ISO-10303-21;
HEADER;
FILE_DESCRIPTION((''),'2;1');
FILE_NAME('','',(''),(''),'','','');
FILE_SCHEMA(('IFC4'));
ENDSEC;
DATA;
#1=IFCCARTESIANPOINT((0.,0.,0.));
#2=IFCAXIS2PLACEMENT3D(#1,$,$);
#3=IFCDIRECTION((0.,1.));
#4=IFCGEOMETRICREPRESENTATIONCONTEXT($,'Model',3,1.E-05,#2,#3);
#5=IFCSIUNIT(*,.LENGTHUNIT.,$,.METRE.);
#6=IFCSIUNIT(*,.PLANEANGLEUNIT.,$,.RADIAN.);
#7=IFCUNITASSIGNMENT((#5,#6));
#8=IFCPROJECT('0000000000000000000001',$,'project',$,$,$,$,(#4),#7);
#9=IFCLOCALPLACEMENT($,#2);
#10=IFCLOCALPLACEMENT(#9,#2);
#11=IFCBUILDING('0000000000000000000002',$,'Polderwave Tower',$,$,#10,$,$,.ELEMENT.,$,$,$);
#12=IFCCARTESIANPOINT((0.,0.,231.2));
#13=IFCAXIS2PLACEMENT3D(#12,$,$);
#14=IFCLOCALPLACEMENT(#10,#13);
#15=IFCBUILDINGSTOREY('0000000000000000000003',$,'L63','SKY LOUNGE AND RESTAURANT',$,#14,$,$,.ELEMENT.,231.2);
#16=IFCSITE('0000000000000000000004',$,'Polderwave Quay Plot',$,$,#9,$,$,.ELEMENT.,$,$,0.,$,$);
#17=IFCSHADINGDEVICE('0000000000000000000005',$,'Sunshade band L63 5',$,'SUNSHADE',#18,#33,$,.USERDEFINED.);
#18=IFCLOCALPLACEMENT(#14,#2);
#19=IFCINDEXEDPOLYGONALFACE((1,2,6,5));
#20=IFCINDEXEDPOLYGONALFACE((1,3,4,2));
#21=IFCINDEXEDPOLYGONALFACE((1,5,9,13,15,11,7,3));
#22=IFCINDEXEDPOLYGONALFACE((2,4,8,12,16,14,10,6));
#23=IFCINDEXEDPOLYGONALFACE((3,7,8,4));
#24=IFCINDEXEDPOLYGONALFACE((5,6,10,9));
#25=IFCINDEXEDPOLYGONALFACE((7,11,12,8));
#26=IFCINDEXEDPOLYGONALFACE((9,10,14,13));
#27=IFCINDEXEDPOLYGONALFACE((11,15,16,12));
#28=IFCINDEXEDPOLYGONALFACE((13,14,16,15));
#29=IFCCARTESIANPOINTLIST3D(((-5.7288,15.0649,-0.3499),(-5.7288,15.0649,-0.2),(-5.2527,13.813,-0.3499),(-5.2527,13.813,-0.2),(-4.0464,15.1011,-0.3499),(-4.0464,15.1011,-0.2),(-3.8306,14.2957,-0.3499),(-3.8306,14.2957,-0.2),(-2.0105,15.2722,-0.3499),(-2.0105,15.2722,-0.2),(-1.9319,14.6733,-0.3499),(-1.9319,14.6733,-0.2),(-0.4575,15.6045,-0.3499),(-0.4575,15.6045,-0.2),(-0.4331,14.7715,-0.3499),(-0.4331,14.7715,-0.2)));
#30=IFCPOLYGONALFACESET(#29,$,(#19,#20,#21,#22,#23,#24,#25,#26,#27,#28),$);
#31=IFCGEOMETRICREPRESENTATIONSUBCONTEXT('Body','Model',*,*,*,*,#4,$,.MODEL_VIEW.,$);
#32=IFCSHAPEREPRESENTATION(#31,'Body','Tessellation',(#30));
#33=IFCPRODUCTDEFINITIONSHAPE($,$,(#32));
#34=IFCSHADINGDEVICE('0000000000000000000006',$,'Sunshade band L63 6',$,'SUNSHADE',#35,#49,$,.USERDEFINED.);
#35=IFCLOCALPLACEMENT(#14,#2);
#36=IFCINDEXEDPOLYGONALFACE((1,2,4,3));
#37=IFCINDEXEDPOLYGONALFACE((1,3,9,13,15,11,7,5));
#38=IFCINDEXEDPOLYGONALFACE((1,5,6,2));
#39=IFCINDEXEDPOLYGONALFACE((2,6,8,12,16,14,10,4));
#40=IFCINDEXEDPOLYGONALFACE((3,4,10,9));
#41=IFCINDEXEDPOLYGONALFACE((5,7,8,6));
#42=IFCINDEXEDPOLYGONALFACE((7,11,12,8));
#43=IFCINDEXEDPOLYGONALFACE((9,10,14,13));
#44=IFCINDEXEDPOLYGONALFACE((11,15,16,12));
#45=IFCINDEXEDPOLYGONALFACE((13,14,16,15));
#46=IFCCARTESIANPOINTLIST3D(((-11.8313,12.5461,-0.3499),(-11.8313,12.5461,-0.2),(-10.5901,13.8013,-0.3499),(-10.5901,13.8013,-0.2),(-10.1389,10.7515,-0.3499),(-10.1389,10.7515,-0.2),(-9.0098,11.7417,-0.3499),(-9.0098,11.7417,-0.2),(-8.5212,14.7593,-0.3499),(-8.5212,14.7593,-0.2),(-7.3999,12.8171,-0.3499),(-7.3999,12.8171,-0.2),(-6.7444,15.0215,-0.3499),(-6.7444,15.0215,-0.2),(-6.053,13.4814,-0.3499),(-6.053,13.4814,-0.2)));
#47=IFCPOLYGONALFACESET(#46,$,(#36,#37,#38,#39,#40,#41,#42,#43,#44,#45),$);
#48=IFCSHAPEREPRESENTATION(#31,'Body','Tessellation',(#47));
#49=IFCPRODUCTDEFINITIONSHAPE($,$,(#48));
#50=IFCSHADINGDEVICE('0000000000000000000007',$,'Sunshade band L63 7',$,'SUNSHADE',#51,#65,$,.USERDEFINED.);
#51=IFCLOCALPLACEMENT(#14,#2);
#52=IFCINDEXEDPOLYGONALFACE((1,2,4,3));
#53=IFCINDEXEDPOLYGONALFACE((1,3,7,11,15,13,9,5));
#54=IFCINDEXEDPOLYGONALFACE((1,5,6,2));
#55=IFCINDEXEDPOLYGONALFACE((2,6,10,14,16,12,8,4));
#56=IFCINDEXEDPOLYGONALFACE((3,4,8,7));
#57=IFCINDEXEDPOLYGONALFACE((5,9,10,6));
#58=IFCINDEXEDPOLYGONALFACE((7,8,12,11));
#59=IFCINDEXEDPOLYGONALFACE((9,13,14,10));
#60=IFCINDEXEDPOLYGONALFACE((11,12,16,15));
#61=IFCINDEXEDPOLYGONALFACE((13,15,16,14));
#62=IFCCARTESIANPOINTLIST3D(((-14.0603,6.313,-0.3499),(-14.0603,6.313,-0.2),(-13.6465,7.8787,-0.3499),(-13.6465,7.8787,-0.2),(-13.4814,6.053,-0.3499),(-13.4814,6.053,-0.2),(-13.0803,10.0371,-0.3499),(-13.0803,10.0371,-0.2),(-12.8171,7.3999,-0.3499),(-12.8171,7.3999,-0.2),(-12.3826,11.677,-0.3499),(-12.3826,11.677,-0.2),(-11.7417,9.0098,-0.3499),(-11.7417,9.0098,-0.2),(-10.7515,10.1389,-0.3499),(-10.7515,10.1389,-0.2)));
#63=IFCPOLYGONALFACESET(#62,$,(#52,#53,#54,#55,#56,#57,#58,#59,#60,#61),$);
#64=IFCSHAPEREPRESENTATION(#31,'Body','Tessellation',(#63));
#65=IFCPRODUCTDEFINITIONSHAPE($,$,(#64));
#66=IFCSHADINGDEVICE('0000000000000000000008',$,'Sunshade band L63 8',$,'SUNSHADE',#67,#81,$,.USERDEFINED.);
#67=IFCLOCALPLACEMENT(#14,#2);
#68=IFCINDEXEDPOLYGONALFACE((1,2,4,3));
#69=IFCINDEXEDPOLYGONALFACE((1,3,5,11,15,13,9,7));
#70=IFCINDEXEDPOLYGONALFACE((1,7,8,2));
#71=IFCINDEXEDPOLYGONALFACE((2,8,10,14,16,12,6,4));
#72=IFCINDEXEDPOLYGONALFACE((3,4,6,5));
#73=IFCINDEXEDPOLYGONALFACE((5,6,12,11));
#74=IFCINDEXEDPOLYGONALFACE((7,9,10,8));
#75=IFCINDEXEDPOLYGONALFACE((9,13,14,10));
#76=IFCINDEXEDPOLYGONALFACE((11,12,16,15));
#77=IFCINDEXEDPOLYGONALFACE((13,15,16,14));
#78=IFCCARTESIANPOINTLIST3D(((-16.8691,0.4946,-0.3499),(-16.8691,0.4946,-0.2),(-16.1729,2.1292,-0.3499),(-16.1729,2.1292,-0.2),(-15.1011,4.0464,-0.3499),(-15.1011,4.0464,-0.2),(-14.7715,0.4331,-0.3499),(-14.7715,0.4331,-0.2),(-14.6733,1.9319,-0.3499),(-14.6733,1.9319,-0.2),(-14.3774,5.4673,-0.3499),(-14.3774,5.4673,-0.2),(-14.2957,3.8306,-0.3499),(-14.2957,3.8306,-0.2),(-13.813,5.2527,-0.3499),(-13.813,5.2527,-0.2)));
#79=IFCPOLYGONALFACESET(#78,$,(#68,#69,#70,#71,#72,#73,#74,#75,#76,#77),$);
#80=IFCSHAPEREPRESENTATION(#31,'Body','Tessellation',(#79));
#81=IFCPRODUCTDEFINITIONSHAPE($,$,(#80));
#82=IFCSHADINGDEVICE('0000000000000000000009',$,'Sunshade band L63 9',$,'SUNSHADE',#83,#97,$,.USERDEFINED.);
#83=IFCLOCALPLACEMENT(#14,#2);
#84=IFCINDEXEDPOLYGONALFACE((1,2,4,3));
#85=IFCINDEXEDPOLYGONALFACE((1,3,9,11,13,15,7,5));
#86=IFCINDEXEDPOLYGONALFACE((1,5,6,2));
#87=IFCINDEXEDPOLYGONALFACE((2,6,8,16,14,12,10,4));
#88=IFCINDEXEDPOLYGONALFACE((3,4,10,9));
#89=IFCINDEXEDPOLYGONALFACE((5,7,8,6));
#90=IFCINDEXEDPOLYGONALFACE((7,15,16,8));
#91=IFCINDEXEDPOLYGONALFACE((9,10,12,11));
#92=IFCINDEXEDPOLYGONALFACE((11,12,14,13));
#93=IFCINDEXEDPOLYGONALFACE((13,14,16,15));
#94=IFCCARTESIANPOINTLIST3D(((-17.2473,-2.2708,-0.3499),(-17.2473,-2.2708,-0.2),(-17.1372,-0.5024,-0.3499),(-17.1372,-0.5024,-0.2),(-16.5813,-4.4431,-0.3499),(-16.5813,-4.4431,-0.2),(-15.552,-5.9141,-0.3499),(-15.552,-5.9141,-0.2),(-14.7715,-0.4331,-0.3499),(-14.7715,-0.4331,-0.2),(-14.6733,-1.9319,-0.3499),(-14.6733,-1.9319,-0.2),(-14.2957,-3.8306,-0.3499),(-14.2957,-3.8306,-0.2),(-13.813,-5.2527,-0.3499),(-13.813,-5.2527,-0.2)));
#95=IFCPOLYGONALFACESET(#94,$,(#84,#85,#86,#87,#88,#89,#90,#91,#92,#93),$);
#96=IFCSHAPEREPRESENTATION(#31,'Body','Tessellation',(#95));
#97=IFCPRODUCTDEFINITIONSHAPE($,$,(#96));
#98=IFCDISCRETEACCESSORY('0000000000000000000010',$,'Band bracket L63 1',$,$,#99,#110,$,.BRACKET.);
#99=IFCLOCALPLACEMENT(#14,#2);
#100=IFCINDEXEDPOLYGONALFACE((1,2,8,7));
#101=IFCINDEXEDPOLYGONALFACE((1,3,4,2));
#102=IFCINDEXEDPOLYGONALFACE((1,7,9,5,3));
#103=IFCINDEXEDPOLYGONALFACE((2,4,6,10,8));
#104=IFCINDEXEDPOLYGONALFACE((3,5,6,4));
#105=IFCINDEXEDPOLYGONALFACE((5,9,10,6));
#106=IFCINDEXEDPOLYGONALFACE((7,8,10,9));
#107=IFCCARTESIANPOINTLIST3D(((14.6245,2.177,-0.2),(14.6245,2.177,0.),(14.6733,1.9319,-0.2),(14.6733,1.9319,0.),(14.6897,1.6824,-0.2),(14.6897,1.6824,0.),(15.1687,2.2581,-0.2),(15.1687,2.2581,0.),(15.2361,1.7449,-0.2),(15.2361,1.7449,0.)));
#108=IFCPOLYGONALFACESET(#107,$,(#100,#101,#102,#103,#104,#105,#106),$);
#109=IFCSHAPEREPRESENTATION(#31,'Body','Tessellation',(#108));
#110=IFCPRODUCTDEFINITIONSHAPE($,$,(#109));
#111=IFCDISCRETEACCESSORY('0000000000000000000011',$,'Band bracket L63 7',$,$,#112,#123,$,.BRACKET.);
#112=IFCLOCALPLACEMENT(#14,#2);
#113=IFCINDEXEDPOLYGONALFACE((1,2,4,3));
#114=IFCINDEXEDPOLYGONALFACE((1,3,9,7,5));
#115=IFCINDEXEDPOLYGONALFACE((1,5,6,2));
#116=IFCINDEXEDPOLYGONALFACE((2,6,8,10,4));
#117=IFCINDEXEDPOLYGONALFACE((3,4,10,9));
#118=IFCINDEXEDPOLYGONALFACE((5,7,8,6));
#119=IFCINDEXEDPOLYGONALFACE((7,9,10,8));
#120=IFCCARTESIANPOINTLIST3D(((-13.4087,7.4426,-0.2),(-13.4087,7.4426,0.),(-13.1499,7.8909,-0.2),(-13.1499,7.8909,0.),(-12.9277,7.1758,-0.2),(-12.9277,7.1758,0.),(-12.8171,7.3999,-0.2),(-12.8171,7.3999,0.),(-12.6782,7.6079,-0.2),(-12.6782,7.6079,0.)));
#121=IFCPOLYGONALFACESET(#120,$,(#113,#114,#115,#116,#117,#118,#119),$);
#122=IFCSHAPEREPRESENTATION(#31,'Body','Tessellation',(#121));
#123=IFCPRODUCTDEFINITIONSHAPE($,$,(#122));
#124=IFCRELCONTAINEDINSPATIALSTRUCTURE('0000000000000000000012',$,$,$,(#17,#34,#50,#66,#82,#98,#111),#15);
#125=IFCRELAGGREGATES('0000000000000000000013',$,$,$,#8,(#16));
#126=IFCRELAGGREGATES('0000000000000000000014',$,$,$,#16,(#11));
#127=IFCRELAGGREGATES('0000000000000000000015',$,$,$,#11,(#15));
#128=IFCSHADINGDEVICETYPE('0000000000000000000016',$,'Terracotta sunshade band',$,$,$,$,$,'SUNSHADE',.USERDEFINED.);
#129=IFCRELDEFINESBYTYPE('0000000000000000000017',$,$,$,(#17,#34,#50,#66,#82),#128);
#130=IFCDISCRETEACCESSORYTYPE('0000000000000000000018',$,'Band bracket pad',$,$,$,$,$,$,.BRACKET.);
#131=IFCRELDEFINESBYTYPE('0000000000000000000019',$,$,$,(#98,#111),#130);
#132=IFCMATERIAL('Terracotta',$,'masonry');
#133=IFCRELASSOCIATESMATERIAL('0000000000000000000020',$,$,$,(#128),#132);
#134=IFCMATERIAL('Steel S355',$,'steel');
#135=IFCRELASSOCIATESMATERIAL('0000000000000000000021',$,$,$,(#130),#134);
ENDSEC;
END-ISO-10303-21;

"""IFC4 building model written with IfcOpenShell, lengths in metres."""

from ifc_helpers import new_model, si_unit, direction, frame, origin, place, context, subcontext, project, spatial, polyline, outline, extrude, material, type_object, element, save


model = new_model("IFC4")

# Units and contexts
model_context = context("Model", 3, precision=1e-05, world=origin(), true_north=direction((0.0, 1.0)))
body_context = subcontext(model_context, "Body", "Model", "MODEL_VIEW")
ifc_project = project(units=[si_unit("LENGTHUNIT", "METRE"), si_unit("PLANEANGLEUNIT", "RADIAN")], contexts=[model_context])

# Site, building, storey
site_placement = place(None, origin())
site = spatial("IfcSite", under=ifc_project, at=site_placement, Name="Polderwave Quay Plot", CompositionType="ELEMENT", RefElevation=0.0)
building_placement = place(site_placement, origin())
building = spatial("IfcBuilding", under=site, at=building_placement, Name="Polderwave Tower", CompositionType="ELEMENT")
storey_placement = place(building_placement, frame((0.0, 0.0, 231.2)))
storey = spatial("IfcBuildingStorey", under=building, at=storey_placement, Name="L63", Description="SKY LOUNGE AND RESTAURANT", CompositionType="ELEMENT", Elevation=231.2)

# Shading devices
ifc_material_1 = material(Name="Terracotta", Category="masonry")
shading_device_type = type_object("IfcShadingDeviceType", Name="Terracotta sunshade band", ElementType="SUNSHADE", PredefinedType="USERDEFINED", material=ifc_material_1)
shading_device_1_placement = place(storey_placement, frame((0.0, 0.0, -0.3499)))
element("IfcShadingDevice", 1, at=shading_device_1_placement, inside=storey, type_object=shading_device_type, Name="Sunshade band L63 5", ObjectType="SUNSHADE", PredefinedType="USERDEFINED", context=body_context, shape_type="SweptSolid", body=[
    extrude(outline(polyline([(-0.4331, 14.7715), (-1.9319, 14.6733), (-3.8306, 14.2957), (-5.2527, 13.813), (-5.7288, 15.0649), (-4.0464, 15.1011), (-2.0105, 15.2722), (-0.4575, 15.6045), (-0.4331, 14.7715)])), origin(), (0.0, 0.0, 1.0), 0.1499),
])
shading_device_2_placement = place(storey_placement, frame((0.0, 0.0, -0.3499)))
element("IfcShadingDevice", 2, at=shading_device_2_placement, inside=storey, type_object=shading_device_type, Name="Sunshade band L63 6", ObjectType="SUNSHADE", PredefinedType="USERDEFINED", context=body_context, shape_type="SweptSolid", body=[
    extrude(outline(polyline([(-6.053, 13.4814), (-7.3999, 12.8171), (-9.0098, 11.7417), (-10.1389, 10.7515), (-11.8313, 12.5461), (-10.5901, 13.8013), (-8.5212, 14.7593), (-6.7444, 15.0215), (-6.053, 13.4814)])), origin(), (0.0, 0.0, 1.0), 0.1499),
])
shading_device_3_placement = place(storey_placement, frame((0.0, 0.0, -0.3499)))
element("IfcShadingDevice", 3, at=shading_device_3_placement, inside=storey, type_object=shading_device_type, Name="Sunshade band L63 7", ObjectType="SUNSHADE", PredefinedType="USERDEFINED", context=body_context, shape_type="SweptSolid", body=[
    extrude(outline(polyline([(-10.7515, 10.1389), (-11.7417, 9.0098), (-12.8171, 7.3999), (-13.4814, 6.053), (-14.0603, 6.313), (-13.6465, 7.8787), (-13.0803, 10.0371), (-12.3826, 11.677), (-10.7515, 10.1389)])), origin(), (0.0, 0.0, 1.0), 0.1499),
])
shading_device_4_placement = place(storey_placement, frame((0.0, 0.0, -0.3499)))
element("IfcShadingDevice", 4, at=shading_device_4_placement, inside=storey, type_object=shading_device_type, Name="Sunshade band L63 8", ObjectType="SUNSHADE", PredefinedType="USERDEFINED", context=body_context, shape_type="SweptSolid", body=[
    extrude(outline(polyline([(-13.813, 5.2527), (-14.2957, 3.8306), (-14.6733, 1.9319), (-14.7715, 0.4331), (-16.8691, 0.4946), (-16.1729, 2.1292), (-15.1011, 4.0464), (-14.3774, 5.4673), (-13.813, 5.2527)])), origin(), (0.0, 0.0, 1.0), 0.1499),
])
shading_device_5_placement = place(storey_placement, frame((0.0, 0.0, -0.3499)))
element("IfcShadingDevice", 5, at=shading_device_5_placement, inside=storey, type_object=shading_device_type, Name="Sunshade band L63 9", ObjectType="SUNSHADE", PredefinedType="USERDEFINED", context=body_context, shape_type="SweptSolid", body=[
    extrude(outline(polyline([(-14.7715, -0.4331), (-14.6733, -1.9319), (-14.2957, -3.8306), (-13.813, -5.2527), (-15.552, -5.9141), (-16.5813, -4.4431), (-17.2473, -2.2708), (-17.1372, -0.5024), (-14.7715, -0.4331)])), origin(), (0.0, 0.0, 1.0), 0.1499),
])

# Discrete accessories
ifc_material_2 = material(Name="Steel S355", Category="steel")
discrete_accessory_type = type_object("IfcDiscreteAccessoryType", Name="Band bracket pad", PredefinedType="BRACKET", material=ifc_material_2)
discrete_accessory_1_placement = place(storey_placement, frame((0.0, 0.0, -0.2)))
element("IfcDiscreteAccessory", 6, at=discrete_accessory_1_placement, inside=storey, type_object=discrete_accessory_type, Name="Band bracket L63 1", PredefinedType="BRACKET", context=body_context, shape_type="SweptSolid", body=[
    extrude(outline(polyline([(14.6897, 1.6824), (14.6733, 1.9319), (14.6245, 2.177), (15.1687, 2.2581), (15.2361, 1.7449), (14.6897, 1.6824)])), origin(), (0.0, 0.0, 1.0), 0.2),
])
discrete_accessory_2_placement = place(storey_placement, frame((0.0, 0.0, -0.2)))
element("IfcDiscreteAccessory", 7, at=discrete_accessory_2_placement, inside=storey, type_object=discrete_accessory_type, Name="Band bracket L63 7", PredefinedType="BRACKET", context=body_context, shape_type="SweptSolid", body=[
    extrude(outline(polyline([(-12.6782, 7.6079), (-12.8171, 7.3999), (-12.9277, 7.1758), (-13.4087, 7.4426), (-13.1499, 7.8909), (-12.6782, 7.6079)])), origin(), (0.0, 0.0, 1.0), 0.2),
])

save(model, "model.ifc")
